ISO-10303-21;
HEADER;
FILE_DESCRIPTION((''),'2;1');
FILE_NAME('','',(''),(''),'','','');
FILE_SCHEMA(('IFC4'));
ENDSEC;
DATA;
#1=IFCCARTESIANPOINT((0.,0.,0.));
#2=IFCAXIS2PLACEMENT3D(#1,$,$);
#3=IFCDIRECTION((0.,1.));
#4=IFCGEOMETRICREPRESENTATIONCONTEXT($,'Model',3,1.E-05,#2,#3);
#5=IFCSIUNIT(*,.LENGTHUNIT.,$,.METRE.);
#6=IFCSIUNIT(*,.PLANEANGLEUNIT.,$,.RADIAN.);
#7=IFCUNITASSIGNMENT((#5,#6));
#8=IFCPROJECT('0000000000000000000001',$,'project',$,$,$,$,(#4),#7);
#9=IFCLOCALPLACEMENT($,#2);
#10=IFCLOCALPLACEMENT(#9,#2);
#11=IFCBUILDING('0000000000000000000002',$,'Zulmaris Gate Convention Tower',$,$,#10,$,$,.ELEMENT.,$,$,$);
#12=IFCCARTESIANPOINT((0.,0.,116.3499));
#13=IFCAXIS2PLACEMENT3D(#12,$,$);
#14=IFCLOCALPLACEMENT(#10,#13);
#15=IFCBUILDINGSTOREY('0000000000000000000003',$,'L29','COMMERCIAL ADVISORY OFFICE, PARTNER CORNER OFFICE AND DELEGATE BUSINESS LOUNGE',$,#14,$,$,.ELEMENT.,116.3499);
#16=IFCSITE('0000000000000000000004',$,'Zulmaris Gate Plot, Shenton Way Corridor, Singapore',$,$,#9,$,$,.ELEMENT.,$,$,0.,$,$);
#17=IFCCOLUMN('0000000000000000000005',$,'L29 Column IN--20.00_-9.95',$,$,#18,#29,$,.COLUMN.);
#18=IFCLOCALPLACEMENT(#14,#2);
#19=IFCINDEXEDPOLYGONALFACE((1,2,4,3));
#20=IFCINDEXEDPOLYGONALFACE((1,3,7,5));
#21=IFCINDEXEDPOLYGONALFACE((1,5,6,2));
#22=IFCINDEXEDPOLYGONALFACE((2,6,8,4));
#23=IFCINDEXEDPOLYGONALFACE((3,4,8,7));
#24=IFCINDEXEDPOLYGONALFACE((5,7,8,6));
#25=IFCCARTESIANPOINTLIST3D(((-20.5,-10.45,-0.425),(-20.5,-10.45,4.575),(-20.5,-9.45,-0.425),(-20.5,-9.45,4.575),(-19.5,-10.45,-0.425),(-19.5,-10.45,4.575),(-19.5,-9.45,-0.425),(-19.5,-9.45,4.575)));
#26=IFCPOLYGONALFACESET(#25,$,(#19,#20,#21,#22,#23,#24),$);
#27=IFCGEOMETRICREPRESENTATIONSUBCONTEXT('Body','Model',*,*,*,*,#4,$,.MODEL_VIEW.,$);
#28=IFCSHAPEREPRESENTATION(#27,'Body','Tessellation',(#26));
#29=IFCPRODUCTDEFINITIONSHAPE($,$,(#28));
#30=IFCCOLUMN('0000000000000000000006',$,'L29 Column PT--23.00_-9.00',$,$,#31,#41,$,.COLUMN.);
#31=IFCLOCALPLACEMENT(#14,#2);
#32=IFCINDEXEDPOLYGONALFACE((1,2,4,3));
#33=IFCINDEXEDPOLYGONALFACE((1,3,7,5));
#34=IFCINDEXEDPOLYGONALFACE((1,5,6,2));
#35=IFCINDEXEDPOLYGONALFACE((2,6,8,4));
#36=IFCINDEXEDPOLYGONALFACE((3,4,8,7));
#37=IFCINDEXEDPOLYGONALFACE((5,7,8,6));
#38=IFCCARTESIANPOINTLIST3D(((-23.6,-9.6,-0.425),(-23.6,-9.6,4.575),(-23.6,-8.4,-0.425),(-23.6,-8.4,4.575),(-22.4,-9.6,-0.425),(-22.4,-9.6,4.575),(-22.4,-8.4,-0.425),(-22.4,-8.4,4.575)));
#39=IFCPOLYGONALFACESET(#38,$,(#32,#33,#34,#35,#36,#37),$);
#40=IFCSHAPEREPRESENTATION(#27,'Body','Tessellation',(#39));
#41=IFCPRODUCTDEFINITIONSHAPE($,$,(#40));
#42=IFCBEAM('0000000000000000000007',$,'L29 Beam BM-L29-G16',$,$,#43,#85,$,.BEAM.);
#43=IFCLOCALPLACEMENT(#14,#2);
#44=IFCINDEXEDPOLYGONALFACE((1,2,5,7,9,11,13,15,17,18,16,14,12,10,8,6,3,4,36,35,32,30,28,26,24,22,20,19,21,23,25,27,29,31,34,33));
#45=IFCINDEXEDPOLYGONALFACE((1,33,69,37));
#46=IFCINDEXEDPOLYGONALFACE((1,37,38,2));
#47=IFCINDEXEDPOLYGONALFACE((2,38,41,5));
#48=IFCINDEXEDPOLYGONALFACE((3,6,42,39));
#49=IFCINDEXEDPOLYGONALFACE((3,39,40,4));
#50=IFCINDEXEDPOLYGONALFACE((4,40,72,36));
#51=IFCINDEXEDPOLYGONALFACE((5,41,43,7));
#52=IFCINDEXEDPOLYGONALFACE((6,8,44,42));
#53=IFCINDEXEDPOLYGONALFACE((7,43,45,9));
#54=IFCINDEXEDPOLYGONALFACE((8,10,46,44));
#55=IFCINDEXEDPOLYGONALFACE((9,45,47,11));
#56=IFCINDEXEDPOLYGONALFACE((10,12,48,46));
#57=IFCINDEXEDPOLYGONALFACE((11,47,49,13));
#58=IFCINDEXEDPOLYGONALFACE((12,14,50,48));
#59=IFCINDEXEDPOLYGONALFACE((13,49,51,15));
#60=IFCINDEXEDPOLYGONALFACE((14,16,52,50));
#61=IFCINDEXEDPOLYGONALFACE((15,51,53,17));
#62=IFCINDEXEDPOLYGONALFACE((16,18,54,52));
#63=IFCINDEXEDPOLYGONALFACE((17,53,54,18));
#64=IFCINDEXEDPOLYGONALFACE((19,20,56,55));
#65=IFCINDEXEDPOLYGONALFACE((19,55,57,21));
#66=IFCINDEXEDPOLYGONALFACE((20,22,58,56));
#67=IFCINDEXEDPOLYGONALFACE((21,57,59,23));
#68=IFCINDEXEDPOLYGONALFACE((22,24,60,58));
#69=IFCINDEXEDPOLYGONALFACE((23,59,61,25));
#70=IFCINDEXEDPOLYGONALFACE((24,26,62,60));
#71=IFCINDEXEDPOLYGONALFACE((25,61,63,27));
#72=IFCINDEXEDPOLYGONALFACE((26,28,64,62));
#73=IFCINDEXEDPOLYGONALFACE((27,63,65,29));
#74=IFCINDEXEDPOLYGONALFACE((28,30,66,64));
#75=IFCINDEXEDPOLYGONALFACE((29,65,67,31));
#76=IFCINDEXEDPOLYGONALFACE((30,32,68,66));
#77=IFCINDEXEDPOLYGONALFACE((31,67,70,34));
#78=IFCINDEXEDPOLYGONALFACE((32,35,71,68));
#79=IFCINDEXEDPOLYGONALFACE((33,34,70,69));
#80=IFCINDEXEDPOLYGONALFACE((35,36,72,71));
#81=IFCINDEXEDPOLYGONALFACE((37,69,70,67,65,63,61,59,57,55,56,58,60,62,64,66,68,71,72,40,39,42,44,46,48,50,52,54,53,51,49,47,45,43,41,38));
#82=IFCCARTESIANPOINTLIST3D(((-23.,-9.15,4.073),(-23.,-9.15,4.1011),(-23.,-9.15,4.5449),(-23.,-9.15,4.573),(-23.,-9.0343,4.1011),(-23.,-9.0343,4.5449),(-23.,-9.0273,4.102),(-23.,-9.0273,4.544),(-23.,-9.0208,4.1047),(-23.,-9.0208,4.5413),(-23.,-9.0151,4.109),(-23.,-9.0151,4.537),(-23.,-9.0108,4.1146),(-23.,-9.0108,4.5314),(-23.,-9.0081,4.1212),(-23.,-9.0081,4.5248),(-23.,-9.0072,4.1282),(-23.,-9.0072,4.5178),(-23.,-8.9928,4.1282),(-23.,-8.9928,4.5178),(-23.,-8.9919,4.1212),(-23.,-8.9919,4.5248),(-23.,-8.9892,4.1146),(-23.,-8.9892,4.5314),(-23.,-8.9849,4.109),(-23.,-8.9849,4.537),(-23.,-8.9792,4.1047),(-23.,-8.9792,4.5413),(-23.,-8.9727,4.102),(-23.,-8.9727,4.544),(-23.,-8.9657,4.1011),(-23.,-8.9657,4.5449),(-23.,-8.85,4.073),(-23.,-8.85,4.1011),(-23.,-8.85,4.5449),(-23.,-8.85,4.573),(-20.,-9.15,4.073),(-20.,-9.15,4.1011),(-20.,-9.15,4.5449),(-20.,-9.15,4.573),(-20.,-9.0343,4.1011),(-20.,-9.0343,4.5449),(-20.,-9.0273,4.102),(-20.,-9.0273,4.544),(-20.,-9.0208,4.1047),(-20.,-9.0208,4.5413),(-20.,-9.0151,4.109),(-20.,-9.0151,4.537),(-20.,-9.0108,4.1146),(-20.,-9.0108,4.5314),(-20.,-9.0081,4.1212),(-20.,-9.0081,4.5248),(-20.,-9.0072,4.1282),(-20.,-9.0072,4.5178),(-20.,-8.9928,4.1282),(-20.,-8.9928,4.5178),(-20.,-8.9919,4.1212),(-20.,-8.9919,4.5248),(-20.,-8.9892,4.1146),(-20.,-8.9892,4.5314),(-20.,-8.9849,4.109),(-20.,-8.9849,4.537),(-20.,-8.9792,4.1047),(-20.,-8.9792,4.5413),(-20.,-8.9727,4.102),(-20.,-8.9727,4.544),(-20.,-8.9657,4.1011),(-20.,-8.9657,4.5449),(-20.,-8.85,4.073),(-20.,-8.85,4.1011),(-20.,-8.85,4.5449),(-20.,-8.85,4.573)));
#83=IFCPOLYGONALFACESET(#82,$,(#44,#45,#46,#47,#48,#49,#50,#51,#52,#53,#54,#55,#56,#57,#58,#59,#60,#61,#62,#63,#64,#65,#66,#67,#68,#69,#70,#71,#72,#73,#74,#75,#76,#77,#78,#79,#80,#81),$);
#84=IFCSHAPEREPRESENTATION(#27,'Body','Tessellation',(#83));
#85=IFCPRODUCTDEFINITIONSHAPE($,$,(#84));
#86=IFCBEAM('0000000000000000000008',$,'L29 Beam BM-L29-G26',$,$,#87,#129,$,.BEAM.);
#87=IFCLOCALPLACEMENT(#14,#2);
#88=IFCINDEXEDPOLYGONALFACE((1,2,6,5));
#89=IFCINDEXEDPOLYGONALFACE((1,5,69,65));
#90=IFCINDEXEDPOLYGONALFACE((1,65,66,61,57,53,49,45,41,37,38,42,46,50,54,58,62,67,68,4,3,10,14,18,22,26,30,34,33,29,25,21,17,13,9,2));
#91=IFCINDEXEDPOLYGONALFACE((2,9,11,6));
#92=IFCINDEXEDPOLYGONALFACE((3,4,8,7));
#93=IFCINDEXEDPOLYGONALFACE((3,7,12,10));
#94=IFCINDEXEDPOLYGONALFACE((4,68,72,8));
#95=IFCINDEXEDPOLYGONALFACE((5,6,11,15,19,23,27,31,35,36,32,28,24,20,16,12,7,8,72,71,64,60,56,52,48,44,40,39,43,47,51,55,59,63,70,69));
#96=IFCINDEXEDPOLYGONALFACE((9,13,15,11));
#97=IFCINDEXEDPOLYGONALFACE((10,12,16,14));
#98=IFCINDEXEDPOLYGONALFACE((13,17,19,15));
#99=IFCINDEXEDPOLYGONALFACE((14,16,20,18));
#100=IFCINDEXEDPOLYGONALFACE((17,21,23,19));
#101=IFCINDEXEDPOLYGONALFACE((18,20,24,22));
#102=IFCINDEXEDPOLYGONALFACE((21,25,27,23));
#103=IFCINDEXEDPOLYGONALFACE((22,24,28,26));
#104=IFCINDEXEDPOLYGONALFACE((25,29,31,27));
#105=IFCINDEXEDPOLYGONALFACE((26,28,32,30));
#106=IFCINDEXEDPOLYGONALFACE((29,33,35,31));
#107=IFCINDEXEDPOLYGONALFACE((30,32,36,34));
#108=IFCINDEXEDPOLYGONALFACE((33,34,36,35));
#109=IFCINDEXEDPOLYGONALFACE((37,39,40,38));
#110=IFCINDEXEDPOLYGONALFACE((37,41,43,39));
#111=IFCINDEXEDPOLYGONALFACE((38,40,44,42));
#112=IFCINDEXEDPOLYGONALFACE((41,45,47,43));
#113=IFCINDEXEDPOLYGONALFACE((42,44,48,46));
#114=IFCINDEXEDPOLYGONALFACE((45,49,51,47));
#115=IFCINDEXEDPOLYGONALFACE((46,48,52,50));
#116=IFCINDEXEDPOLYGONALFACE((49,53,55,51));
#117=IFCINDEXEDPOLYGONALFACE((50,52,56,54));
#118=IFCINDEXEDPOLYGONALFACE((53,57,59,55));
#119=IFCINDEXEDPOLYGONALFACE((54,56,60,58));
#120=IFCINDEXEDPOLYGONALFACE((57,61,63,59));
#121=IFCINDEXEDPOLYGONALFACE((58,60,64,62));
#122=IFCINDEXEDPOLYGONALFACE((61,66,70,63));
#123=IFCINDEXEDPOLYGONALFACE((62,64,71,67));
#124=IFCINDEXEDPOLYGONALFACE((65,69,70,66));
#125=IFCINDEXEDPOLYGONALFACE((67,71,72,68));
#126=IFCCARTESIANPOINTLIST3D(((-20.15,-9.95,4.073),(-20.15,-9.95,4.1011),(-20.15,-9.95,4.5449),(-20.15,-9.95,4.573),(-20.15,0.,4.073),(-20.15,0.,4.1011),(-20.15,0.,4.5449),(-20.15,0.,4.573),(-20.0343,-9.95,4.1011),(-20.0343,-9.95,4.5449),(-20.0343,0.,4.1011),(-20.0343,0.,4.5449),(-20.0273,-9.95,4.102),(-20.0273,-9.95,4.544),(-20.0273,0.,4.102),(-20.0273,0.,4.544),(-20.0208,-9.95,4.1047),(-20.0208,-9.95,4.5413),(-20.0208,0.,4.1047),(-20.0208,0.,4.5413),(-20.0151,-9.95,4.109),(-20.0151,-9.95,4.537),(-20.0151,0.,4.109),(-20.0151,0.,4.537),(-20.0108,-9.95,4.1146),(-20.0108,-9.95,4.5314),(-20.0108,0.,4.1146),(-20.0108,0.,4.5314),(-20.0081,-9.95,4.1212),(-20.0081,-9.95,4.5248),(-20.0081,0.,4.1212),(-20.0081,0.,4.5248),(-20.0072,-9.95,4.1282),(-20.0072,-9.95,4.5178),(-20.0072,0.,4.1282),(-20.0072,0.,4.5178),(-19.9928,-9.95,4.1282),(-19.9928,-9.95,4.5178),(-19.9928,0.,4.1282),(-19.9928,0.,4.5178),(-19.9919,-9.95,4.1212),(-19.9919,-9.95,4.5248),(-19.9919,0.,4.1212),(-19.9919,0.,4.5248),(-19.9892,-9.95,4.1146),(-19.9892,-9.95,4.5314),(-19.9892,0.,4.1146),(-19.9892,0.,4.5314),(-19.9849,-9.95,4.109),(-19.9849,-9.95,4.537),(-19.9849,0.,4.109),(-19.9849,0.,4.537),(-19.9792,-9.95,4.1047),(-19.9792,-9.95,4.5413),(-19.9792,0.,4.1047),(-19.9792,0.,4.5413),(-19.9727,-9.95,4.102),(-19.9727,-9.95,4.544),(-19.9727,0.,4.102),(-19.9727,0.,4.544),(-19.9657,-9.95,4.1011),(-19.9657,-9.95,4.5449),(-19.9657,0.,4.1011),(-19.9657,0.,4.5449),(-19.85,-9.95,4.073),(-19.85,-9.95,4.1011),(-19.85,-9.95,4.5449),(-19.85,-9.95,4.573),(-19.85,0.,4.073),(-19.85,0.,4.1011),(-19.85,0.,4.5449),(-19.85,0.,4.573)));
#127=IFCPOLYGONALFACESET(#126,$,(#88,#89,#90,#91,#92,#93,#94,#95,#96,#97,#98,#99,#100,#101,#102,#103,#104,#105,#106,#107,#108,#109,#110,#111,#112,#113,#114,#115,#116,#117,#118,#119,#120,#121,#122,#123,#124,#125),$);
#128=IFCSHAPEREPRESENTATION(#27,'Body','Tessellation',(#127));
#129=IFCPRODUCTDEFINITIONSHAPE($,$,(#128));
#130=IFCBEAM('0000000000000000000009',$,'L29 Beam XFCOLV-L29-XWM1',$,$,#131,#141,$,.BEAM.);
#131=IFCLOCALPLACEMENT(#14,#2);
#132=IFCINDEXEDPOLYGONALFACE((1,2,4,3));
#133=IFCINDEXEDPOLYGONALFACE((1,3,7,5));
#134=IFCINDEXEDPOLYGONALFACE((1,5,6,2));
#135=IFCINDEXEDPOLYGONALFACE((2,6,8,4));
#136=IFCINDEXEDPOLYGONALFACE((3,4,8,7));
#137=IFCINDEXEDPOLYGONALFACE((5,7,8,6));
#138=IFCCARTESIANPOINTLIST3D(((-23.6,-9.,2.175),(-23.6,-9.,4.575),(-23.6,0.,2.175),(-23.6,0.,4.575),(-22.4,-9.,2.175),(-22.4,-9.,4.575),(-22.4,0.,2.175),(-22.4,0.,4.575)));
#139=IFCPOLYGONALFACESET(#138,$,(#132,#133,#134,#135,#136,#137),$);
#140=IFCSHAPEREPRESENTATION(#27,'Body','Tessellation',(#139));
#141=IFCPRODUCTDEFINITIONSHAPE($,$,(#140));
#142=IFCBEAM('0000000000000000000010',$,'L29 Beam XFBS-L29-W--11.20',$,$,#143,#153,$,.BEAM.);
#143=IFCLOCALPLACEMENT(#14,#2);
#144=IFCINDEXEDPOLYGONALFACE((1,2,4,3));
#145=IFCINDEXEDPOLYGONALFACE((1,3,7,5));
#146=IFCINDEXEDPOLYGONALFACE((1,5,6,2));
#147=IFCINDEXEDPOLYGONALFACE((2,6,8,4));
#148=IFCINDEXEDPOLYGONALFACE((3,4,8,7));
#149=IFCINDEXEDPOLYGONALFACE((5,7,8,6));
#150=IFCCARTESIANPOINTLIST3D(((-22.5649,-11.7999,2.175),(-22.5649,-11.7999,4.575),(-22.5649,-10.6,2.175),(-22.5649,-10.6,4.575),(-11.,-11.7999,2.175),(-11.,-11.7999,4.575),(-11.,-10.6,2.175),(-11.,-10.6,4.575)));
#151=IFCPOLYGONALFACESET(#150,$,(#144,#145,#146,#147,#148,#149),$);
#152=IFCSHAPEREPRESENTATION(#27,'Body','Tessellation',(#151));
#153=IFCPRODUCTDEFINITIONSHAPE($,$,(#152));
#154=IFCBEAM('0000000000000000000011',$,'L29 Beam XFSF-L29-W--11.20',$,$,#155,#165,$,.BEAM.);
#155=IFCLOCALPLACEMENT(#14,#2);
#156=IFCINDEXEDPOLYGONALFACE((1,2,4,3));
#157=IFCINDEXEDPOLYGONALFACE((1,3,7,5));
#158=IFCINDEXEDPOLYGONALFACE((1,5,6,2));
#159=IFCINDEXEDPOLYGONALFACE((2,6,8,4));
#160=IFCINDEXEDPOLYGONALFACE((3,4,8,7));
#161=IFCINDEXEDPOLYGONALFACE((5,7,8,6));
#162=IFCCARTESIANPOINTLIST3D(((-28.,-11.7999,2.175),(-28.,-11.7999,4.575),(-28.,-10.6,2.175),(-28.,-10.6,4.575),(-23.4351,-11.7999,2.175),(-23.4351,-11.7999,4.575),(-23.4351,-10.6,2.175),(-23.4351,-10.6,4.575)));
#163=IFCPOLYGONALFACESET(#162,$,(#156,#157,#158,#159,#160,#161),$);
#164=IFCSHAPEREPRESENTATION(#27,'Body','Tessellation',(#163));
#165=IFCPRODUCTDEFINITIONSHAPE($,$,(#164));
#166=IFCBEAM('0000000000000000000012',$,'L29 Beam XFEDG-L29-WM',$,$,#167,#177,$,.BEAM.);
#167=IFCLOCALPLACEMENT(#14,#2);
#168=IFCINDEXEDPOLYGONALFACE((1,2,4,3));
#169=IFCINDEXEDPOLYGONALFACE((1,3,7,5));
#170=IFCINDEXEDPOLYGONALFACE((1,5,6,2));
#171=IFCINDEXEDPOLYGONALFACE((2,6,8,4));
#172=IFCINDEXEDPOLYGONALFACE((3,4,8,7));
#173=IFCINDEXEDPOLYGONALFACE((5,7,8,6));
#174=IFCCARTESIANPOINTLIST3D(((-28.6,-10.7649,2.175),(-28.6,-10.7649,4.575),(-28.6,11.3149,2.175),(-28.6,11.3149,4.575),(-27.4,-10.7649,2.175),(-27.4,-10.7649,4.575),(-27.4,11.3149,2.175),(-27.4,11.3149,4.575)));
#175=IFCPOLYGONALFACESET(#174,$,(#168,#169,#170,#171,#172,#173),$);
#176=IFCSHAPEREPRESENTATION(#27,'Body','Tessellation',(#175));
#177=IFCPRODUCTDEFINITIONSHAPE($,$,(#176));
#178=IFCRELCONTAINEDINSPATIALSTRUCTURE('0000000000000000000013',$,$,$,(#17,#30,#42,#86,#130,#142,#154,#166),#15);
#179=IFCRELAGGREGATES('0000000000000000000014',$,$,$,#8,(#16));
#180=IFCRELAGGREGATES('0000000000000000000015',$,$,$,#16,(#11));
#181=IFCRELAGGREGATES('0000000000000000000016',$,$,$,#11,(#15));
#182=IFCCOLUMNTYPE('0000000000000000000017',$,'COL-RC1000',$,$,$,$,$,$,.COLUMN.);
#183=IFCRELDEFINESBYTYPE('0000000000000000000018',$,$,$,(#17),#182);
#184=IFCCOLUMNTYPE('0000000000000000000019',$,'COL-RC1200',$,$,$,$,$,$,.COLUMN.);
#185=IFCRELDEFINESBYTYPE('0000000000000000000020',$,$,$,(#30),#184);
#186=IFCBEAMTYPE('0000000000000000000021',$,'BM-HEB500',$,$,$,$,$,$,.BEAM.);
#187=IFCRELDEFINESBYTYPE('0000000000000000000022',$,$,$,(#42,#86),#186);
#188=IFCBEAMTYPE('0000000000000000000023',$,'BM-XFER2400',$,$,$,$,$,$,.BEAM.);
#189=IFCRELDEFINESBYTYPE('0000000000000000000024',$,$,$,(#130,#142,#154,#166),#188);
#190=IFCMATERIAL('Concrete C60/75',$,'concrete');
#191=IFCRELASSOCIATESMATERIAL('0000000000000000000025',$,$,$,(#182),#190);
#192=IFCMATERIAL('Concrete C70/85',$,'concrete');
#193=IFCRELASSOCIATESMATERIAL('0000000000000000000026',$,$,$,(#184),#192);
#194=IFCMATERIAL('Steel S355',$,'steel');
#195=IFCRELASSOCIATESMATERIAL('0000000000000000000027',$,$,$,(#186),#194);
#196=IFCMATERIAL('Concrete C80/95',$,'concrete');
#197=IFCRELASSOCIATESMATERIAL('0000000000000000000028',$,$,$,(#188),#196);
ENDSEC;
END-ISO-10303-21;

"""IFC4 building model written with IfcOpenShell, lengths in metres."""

from ifc_helpers import new_model, si_unit, direction, frame, origin, origin_2d, place, context, subcontext, project, spatial, rectangle, i_section, extrude, material, material_profile, profile_set, type_object, element, save


model = new_model("IFC4")

# Units and contexts
model_context = context("Model", 3, precision=1e-05, world=origin(), true_north=direction((0.0, 1.0)))
body_context = subcontext(model_context, "Body", "Model", "MODEL_VIEW")
ifc_project = project(units=[si_unit("LENGTHUNIT", "METRE"), si_unit("PLANEANGLEUNIT", "RADIAN")], contexts=[model_context])

# Site, building, storey
site_placement = place(None, origin())
site = spatial("IfcSite", under=ifc_project, at=site_placement, Name="Zulmaris Gate Plot, Shenton Way Corridor, Singapore", CompositionType="ELEMENT", RefElevation=0.0)
building_placement = place(site_placement, origin())
building = spatial("IfcBuilding", under=site, at=building_placement, Name="Zulmaris Gate Convention Tower", CompositionType="ELEMENT")
storey_placement = place(building_placement, frame((0.0, 0.0, 116.3499)))
storey = spatial("IfcBuildingStorey", under=building, at=storey_placement, Name="L29", Description="COMMERCIAL ADVISORY OFFICE, PARTNER CORNER OFFICE AND DELEGATE BUSINESS LOUNGE", CompositionType="ELEMENT", Elevation=116.3499)

# Columns
ifc_material_1 = material(Name="Concrete C60/75", Category="concrete")
ifc_material_profile_1 = material_profile(ifc_material_1, rectangle(XDim=1.0, YDim=1.0, at=origin_2d()), Name="RC COL 1000x1000")
ifc_profile_set_1 = profile_set([ifc_material_profile_1], Name="Concrete C60/75")
column_type_1 = type_object("IfcColumnType", Name="COL-RC1000", PredefinedType="COLUMN", material=ifc_profile_set_1)
column_1_placement = place(storey_placement, frame((-20.0, -9.95, -0.425), z_axis=(0.0, 0.0, 1.0), x_axis=(1.0, 0.0, 0.0)))
element("IfcColumn", 1, at=column_1_placement, inside=storey, type_object=column_type_1, Name="L29 Column IN--20.00_-9.95", PredefinedType="COLUMN", context=body_context, shape_type="SweptSolid", body=[
    extrude(rectangle(XDim=1.0, YDim=1.0, at=origin_2d()), origin(), (0.0, 0.0, 1.0), 5.0),
])
ifc_material_2 = material(Name="Concrete C70/85", Category="concrete")
ifc_material_profile_2 = material_profile(ifc_material_2, rectangle(XDim=1.2, YDim=1.2, at=origin_2d()), Name="RC COL 1200x1200")
ifc_profile_set_2 = profile_set([ifc_material_profile_2], Name="Concrete C70/85")
column_type_2 = type_object("IfcColumnType", Name="COL-RC1200", PredefinedType="COLUMN", material=ifc_profile_set_2)
column_2_placement = place(storey_placement, frame((-23.0, -9.0, -0.425), z_axis=(0.0, 0.0, 1.0), x_axis=(1.0, 0.0, 0.0)))
element("IfcColumn", 2, at=column_2_placement, inside=storey, type_object=column_type_2, Name="L29 Column PT--23.00_-9.00", PredefinedType="COLUMN", context=body_context, shape_type="SweptSolid", body=[
    extrude(rectangle(XDim=1.2, YDim=1.2, at=origin_2d()), origin(), (0.0, 0.0, 1.0), 5.0),
])

# Beams
ifc_material_3 = material(Name="Steel S355", Category="steel")
ifc_material_profile_3 = material_profile(ifc_material_3, i_section(OverallWidth=0.3, OverallDepth=0.5, WebThickness=0.0144, FlangeThickness=0.0281, FilletRadius=0.0271, at=origin_2d()), Name="HEB 500")
ifc_profile_set_3 = profile_set([ifc_material_profile_3], Name="Steel S355")
beam_type_1 = type_object("IfcBeamType", Name="BM-HEB500", PredefinedType="BEAM", material=ifc_profile_set_3)
beam_1_placement = place(storey_placement, frame((-23.0, -9.0, 4.323), z_axis=(1.0, 0.0, 0.0), x_axis=(0.0, 1.0, 0.0)))
element("IfcBeam", 3, at=beam_1_placement, inside=storey, type_object=beam_type_1, Name="L29 Beam BM-L29-G16", PredefinedType="BEAM", context=body_context, shape_type="SweptSolid", body=[
    extrude(i_section(OverallWidth=0.3, OverallDepth=0.5, WebThickness=0.0144, FlangeThickness=0.0281, FilletRadius=0.0271, at=origin_2d()), origin(), (0.0, 0.0, 1.0), 3.0),
])
beam_2_placement = place(storey_placement, frame((-20.0, -9.95, 4.323), z_axis=(0.0, 1.0, 0.0), x_axis=(-1.0, 0.0, 0.0)))
element("IfcBeam", 4, at=beam_2_placement, inside=storey, type_object=beam_type_1, Name="L29 Beam BM-L29-G26", PredefinedType="BEAM", context=body_context, shape_type="SweptSolid", body=[
    extrude(i_section(OverallWidth=0.3, OverallDepth=0.5, WebThickness=0.0144, FlangeThickness=0.0281, FilletRadius=0.0271, at=origin_2d()), origin(), (0.0, 0.0, 1.0), 9.95),
])
ifc_material_4 = material(Name="Concrete C80/95", Category="concrete")
ifc_material_profile_4 = material_profile(ifc_material_4, rectangle(XDim=1.2, YDim=2.3999, at=origin_2d()), Name="RC TRANSFER 1200x2400")
ifc_profile_set_4 = profile_set([ifc_material_profile_4], Name="Concrete C80/95")
beam_type_2 = type_object("IfcBeamType", Name="BM-XFER2400", PredefinedType="BEAM", material=ifc_profile_set_4)
beam_3_placement = place(storey_placement, frame((-23.0, -9.0, 3.375), z_axis=(0.0, 1.0, 0.0), x_axis=(-1.0, 0.0, 0.0)))
element("IfcBeam", 5, at=beam_3_placement, inside=storey, type_object=beam_type_2, Name="L29 Beam XFCOLV-L29-XWM1", PredefinedType="BEAM", context=body_context, shape_type="SweptSolid", body=[
    extrude(rectangle(XDim=1.2, YDim=2.3999, at=origin_2d()), origin(), (0.0, 0.0, 1.0), 9.0),
])
beam_4_placement = place(storey_placement, frame((-22.5649, -11.2, 3.375), z_axis=(1.0, 0.0, 0.0), x_axis=(0.0, 1.0, 0.0)))
element("IfcBeam", 6, at=beam_4_placement, inside=storey, type_object=beam_type_2, Name="L29 Beam XFBS-L29-W--11.20", PredefinedType="BEAM", context=body_context, shape_type="SweptSolid", body=[
    extrude(rectangle(XDim=1.2, YDim=2.3999, at=origin_2d()), origin(), (0.0, 0.0, 1.0), 11.5649),
])
beam_5_placement = place(storey_placement, frame((-28.0, -11.2, 3.375), z_axis=(1.0, 0.0, 0.0), x_axis=(0.0, 1.0, 0.0)))
element("IfcBeam", 7, at=beam_5_placement, inside=storey, type_object=beam_type_2, Name="L29 Beam XFSF-L29-W--11.20", PredefinedType="BEAM", context=body_context, shape_type="SweptSolid", body=[
    extrude(rectangle(XDim=1.2, YDim=2.3999, at=origin_2d()), origin(), (0.0, 0.0, 1.0), 4.5649),
])
beam_6_placement = place(storey_placement, frame((-28.0, -10.7649, 3.375), z_axis=(0.0, 1.0, 0.0), x_axis=(-1.0, 0.0, 0.0)))
element("IfcBeam", 8, at=beam_6_placement, inside=storey, type_object=beam_type_2, Name="L29 Beam XFEDG-L29-WM", PredefinedType="BEAM", context=body_context, shape_type="SweptSolid", body=[
    extrude(rectangle(XDim=1.2, YDim=2.3999, at=origin_2d()), origin(), (0.0, 0.0, 1.0), 22.0798),
])

save(model, "model.ifc")
